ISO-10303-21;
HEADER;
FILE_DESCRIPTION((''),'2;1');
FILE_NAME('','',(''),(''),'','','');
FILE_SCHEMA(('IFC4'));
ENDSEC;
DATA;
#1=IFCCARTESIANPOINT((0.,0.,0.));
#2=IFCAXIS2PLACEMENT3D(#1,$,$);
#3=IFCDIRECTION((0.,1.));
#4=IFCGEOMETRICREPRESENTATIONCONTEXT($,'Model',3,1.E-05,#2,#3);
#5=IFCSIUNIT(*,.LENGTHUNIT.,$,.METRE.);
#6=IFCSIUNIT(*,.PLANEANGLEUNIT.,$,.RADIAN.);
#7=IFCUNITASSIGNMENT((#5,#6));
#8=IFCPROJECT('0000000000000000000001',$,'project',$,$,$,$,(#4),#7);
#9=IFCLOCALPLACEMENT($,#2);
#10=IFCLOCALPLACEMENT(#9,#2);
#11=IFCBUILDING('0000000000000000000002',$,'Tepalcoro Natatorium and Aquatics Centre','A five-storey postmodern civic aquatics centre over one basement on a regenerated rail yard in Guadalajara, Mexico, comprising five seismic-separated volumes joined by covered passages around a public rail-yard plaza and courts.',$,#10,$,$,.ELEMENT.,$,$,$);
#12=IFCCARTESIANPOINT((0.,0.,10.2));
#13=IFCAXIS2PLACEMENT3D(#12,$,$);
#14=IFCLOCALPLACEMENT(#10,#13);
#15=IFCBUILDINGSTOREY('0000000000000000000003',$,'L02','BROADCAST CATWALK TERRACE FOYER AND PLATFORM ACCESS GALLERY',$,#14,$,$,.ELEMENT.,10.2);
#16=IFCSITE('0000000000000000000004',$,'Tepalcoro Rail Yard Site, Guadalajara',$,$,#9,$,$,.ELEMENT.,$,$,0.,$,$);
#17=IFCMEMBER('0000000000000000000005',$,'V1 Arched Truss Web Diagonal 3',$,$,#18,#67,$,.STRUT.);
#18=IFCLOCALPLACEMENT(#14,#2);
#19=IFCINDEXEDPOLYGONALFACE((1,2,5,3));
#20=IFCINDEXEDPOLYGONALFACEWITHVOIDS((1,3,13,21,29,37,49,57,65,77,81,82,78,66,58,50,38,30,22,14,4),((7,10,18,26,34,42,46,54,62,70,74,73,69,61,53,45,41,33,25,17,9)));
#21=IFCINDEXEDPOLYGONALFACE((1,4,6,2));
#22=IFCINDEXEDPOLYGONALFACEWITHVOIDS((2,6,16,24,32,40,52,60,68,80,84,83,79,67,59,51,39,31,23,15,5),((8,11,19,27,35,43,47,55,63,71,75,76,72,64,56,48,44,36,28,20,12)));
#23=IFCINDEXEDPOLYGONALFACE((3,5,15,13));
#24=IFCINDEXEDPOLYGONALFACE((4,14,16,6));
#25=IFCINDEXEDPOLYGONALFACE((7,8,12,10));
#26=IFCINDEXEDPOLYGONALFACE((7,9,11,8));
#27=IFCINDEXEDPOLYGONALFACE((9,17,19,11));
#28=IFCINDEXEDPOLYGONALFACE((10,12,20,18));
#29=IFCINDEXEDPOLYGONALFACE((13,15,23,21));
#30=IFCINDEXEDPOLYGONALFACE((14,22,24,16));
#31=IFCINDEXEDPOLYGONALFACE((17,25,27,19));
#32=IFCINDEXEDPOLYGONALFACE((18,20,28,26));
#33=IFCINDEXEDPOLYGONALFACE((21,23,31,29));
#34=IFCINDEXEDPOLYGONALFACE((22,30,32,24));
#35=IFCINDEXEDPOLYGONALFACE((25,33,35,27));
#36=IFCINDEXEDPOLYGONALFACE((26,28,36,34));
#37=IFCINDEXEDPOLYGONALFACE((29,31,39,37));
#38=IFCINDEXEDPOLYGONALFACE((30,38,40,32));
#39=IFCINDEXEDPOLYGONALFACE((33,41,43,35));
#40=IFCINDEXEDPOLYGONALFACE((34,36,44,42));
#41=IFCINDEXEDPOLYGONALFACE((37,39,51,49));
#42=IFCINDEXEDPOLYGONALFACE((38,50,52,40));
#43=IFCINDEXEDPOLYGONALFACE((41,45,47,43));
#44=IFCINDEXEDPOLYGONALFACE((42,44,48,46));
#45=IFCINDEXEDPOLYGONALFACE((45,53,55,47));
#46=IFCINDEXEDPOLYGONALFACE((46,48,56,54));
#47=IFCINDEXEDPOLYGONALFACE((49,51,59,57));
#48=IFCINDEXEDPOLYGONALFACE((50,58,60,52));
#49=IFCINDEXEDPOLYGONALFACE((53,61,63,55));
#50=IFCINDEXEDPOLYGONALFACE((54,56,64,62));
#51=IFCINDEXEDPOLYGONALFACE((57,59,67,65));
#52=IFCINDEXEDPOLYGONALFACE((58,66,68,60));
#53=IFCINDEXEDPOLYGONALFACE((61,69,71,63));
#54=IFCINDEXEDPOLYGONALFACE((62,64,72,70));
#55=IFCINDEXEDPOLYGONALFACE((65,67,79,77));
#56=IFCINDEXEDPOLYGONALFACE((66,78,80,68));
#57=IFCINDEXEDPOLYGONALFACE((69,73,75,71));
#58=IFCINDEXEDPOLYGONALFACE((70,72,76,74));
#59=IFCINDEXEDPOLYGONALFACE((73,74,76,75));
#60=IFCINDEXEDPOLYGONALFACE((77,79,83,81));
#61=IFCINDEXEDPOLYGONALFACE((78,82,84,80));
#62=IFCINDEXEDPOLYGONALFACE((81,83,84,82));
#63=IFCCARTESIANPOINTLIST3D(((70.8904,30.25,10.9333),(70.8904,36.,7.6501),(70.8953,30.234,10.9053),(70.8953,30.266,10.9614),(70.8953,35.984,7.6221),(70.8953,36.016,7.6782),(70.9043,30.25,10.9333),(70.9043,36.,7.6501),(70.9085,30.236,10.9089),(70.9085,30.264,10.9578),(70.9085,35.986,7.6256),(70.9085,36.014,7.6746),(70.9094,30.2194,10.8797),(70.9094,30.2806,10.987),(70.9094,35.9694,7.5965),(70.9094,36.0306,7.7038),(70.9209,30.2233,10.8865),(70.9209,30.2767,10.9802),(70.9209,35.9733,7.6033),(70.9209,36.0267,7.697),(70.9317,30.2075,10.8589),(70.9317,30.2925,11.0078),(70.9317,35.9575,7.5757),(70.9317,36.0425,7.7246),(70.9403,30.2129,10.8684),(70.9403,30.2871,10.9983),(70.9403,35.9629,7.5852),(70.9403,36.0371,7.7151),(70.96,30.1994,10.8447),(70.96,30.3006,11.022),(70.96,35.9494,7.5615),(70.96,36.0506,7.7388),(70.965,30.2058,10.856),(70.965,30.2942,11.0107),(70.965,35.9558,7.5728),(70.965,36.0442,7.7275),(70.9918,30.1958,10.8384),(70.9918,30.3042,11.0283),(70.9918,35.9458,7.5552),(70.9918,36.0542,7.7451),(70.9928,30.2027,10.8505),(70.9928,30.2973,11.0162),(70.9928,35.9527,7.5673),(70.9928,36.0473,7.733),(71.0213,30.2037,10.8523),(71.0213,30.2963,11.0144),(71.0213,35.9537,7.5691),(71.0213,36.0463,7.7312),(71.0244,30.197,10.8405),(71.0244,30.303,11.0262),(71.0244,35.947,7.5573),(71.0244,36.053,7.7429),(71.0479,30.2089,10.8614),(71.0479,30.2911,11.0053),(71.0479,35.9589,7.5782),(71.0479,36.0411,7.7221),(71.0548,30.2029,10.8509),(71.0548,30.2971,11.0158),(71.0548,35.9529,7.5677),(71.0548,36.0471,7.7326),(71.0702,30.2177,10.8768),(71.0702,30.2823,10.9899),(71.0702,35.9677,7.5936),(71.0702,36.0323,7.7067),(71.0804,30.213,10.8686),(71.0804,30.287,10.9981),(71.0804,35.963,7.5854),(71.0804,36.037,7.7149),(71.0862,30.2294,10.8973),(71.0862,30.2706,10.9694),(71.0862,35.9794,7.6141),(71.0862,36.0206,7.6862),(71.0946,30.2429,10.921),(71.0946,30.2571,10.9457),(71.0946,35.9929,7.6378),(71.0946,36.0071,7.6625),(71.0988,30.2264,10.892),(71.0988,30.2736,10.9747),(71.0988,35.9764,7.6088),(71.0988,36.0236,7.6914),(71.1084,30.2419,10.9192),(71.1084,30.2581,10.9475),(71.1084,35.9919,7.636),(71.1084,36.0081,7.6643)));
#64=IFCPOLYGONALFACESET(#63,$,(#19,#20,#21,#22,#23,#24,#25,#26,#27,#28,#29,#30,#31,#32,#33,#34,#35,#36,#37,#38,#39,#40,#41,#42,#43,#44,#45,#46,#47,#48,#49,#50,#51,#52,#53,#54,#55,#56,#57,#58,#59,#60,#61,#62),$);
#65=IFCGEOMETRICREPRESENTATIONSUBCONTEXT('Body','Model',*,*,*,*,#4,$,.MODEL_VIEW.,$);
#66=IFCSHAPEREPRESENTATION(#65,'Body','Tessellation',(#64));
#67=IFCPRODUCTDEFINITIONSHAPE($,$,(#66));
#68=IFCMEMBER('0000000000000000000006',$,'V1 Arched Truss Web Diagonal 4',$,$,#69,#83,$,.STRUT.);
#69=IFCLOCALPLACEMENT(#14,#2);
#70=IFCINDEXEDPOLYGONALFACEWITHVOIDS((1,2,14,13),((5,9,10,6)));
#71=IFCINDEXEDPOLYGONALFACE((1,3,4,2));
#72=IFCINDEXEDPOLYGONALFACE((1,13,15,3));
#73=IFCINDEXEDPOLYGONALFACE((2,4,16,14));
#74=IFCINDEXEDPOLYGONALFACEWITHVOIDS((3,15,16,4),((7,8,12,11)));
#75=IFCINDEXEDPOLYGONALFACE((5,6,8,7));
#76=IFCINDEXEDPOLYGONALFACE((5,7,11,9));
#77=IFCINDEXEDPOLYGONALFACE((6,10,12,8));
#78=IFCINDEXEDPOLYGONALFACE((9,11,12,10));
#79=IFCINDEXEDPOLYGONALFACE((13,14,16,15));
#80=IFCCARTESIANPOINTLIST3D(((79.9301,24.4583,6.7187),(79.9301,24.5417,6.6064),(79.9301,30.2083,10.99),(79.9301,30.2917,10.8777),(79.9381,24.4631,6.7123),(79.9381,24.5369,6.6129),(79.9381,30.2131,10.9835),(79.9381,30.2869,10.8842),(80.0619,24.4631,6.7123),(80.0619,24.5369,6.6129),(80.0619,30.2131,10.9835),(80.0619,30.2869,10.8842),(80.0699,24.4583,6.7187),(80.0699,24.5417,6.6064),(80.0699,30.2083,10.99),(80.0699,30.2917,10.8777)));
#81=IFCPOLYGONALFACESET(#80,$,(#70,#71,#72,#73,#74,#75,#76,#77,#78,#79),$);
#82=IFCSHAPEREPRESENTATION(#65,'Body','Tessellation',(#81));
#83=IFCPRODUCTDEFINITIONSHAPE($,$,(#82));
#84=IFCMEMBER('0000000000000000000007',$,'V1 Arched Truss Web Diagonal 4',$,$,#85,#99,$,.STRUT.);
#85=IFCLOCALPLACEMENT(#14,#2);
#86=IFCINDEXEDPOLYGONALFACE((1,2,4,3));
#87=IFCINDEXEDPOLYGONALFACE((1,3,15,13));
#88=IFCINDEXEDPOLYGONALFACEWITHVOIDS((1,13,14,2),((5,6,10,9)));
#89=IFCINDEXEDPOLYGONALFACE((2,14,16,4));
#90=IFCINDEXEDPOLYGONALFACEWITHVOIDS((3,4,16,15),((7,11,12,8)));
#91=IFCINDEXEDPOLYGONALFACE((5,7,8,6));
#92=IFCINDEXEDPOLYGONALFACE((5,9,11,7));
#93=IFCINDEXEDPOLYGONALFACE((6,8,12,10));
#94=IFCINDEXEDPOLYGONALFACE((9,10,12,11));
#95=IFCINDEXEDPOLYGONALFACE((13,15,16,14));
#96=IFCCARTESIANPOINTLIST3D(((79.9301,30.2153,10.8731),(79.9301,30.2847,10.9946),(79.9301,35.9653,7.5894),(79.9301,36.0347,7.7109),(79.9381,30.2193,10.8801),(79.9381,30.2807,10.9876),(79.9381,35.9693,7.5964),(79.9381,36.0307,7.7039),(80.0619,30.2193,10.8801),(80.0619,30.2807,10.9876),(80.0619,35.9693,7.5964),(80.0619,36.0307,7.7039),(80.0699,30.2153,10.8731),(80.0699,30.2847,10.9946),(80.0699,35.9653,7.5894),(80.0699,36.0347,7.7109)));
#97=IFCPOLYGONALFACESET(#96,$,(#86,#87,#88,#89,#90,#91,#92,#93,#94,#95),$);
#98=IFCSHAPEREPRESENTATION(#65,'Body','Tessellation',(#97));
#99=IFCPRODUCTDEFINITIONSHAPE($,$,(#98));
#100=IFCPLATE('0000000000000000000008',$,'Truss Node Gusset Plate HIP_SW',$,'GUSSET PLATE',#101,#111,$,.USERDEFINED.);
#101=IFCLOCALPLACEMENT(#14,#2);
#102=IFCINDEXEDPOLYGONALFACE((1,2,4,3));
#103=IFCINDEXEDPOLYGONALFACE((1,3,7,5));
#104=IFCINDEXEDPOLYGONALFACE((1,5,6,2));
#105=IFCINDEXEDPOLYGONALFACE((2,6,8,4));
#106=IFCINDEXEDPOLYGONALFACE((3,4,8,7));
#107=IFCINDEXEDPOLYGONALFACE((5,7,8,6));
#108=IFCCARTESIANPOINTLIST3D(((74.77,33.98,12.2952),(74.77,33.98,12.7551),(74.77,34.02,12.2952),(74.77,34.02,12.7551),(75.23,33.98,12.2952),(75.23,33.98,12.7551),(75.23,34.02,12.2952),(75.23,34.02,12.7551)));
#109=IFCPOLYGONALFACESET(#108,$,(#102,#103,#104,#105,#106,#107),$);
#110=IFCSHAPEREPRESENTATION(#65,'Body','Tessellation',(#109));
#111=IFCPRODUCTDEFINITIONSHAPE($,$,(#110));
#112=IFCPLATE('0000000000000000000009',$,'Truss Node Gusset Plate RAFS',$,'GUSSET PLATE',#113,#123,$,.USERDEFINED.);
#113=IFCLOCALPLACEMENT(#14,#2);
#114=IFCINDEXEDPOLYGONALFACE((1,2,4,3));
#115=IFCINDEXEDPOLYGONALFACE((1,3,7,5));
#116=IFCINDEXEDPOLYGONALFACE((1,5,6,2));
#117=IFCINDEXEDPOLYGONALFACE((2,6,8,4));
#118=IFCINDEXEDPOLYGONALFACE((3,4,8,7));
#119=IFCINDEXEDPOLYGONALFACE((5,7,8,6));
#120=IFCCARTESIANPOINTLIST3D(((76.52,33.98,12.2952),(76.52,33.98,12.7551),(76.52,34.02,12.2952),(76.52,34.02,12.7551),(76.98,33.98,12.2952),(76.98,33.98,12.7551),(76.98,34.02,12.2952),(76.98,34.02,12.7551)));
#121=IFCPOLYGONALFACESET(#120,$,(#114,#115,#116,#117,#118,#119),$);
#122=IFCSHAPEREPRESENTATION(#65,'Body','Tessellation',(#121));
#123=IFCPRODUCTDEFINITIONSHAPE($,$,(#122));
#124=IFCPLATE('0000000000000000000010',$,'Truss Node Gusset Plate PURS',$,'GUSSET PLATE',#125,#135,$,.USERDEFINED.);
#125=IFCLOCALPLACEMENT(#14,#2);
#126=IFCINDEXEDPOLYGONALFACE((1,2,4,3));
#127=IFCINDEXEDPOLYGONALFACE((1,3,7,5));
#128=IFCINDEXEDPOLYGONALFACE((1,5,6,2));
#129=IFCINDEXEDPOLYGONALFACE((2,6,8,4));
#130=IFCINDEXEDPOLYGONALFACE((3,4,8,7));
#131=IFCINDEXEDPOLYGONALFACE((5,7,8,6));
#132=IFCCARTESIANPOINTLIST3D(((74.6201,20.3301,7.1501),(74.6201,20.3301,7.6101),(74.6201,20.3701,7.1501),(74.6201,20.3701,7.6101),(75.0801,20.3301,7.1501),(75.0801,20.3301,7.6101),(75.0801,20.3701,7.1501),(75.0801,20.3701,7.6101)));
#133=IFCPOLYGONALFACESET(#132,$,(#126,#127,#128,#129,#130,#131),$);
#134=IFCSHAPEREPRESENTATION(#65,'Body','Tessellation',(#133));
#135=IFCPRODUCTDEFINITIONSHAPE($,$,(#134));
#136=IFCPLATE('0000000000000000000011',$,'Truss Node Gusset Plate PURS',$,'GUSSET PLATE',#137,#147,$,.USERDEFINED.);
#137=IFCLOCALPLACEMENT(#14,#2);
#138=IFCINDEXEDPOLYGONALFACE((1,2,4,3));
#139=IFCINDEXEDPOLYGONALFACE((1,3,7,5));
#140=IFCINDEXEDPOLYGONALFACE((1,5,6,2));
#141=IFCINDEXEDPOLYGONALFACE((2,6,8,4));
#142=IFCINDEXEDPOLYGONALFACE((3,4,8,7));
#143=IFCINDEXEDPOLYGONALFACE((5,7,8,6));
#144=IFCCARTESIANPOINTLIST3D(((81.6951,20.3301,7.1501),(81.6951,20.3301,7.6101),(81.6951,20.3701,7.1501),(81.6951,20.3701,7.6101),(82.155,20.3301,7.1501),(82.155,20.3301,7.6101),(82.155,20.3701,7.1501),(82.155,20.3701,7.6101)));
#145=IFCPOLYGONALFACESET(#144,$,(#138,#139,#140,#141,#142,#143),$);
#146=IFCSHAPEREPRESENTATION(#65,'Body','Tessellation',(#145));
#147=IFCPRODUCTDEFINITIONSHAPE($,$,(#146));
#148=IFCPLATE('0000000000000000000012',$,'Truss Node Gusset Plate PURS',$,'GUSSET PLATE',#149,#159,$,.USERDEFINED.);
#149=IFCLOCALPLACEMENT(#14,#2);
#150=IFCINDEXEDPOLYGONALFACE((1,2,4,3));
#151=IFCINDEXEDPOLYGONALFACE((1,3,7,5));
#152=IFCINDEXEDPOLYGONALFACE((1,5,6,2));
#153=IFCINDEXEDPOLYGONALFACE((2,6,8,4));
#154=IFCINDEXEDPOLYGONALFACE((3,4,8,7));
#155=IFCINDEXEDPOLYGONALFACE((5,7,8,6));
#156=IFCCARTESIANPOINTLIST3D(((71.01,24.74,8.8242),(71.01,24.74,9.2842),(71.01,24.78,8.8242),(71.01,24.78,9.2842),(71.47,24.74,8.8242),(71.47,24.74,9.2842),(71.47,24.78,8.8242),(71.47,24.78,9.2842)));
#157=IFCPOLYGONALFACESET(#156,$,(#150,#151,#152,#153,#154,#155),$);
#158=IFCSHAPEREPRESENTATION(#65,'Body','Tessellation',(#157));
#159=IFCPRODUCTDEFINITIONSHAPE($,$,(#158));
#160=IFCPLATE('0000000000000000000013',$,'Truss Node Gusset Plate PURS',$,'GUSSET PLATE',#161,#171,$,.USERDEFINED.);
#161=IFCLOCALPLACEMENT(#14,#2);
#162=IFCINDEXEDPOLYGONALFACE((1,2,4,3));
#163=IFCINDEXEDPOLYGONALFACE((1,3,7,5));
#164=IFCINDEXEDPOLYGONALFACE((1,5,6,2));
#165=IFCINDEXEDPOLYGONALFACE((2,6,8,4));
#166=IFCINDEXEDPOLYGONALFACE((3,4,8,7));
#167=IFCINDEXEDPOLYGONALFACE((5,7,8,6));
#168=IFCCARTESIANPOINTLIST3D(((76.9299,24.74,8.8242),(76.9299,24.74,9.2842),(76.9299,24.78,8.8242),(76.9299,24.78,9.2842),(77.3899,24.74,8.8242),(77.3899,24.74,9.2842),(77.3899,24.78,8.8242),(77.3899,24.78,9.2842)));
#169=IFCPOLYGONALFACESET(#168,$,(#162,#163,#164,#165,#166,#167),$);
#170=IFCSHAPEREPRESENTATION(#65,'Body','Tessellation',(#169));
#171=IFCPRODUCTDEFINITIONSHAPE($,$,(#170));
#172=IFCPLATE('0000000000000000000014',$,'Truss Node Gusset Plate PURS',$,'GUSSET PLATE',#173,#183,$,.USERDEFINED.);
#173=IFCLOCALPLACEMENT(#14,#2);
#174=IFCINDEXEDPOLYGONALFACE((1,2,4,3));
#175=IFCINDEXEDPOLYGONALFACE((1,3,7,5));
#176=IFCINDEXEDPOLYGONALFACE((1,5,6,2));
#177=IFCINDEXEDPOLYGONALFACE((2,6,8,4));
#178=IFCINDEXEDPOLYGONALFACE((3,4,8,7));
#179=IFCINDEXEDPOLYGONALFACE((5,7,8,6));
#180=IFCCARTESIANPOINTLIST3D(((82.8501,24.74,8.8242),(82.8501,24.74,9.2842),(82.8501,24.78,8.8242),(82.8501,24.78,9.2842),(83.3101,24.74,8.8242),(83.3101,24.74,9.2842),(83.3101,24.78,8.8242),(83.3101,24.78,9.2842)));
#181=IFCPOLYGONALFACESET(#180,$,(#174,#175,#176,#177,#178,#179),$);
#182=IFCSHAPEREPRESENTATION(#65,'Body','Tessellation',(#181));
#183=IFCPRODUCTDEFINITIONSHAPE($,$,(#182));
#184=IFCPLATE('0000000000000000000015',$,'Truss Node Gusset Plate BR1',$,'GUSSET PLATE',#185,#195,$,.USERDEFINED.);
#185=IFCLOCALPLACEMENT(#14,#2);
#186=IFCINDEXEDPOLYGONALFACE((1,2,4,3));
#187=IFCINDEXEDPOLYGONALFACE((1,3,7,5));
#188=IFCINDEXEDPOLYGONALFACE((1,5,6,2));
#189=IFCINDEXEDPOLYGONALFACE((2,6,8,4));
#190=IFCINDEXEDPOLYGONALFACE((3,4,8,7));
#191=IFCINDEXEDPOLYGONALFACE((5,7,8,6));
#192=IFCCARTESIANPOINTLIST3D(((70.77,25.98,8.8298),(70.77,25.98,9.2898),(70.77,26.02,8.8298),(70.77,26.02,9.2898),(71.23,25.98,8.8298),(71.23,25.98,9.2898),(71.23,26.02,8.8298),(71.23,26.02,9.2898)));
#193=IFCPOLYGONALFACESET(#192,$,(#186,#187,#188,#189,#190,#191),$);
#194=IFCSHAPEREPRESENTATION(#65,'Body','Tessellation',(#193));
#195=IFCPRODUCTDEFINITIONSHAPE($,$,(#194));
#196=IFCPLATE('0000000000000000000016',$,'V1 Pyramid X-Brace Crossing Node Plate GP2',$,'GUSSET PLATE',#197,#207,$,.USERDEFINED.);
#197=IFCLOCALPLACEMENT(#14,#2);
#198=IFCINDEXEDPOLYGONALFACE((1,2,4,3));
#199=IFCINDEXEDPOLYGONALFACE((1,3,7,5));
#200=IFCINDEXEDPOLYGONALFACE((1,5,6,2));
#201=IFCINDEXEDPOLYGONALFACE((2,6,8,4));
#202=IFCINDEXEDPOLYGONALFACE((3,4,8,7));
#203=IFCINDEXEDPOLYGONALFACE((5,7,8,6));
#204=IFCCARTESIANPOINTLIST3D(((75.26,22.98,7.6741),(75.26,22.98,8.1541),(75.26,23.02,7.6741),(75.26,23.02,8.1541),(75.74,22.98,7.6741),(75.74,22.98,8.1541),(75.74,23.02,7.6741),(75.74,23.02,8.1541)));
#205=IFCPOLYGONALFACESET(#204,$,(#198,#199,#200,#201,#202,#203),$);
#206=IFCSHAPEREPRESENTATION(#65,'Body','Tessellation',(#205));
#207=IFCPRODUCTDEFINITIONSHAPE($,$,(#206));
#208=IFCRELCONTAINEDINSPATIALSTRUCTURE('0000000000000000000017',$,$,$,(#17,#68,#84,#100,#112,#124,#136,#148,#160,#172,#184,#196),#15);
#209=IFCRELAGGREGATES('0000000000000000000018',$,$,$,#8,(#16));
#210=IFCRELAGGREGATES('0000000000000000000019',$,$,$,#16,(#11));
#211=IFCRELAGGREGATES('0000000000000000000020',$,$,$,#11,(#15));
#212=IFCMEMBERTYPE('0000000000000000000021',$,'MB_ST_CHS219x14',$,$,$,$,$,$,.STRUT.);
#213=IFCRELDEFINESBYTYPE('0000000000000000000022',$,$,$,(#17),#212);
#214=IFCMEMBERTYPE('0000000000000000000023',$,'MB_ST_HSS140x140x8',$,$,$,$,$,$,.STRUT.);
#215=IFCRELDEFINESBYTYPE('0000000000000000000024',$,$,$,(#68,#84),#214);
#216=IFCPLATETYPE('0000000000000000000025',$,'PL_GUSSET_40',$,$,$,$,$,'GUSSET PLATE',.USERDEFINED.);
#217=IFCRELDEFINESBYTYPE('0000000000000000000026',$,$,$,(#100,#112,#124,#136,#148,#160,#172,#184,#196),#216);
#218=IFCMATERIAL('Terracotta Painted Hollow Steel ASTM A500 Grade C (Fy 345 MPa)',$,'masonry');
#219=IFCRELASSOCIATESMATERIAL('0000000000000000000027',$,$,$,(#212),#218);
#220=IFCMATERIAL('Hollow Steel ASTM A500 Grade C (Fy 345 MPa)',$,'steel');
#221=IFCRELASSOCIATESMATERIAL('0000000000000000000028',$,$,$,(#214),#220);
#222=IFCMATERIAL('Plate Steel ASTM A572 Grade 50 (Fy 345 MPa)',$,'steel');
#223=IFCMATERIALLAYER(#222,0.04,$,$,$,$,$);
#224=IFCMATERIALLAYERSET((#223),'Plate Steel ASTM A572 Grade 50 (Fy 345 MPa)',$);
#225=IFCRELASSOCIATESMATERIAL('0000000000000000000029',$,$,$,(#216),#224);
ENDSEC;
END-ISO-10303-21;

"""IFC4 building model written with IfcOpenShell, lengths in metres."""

from ifc_helpers import new_model, si_unit, direction, frame, origin, origin_2d, place, context, subcontext, project, spatial, rectangle, hollow_rectangle, hollow_circle, extrude, material, layer, layer_set, material_profile, profile_set, type_object, element, save


model = new_model("IFC4")

# Units and contexts
model_context = context("Model", 3, precision=1e-05, world=origin(), true_north=direction((0.0, 1.0)))
body_context = subcontext(model_context, "Body", "Model", "MODEL_VIEW")
ifc_project = project(units=[si_unit("LENGTHUNIT", "METRE"), si_unit("PLANEANGLEUNIT", "RADIAN")], contexts=[model_context])

# Site, building, storey
site_placement = place(None, origin())
site = spatial("IfcSite", under=ifc_project, at=site_placement, Name="Tepalcoro Rail Yard Site, Guadalajara", CompositionType="ELEMENT", RefElevation=0.0)
building_placement = place(site_placement, origin())
building = spatial("IfcBuilding", under=site, at=building_placement, Name="Tepalcoro Natatorium and Aquatics Centre", Description="A five-storey postmodern civic aquatics centre over one basement on a regenerated rail yard in Guadalajara, Mexico, comprising five seismic-separated volumes joined by covered passages around a public rail-yard plaza and courts.", CompositionType="ELEMENT")
storey_placement = place(building_placement, frame((0.0, 0.0, 10.2)))
storey = spatial("IfcBuildingStorey", under=building, at=storey_placement, Name="L02", Description="BROADCAST CATWALK TERRACE FOYER AND PLATFORM ACCESS GALLERY", CompositionType="ELEMENT", Elevation=10.2)

# Shared definitions
ifc_material_1 = material(Name="Terracotta Painted Hollow Steel ASTM A500 Grade C (Fy 345 MPa)", Category="masonry")

# Members
ifc_material_2 = material(Name="Hollow Steel ASTM A500 Grade C (Fy 345 MPa)", Category="steel")
ifc_material_profile_1 = material_profile(ifc_material_1, hollow_circle(Radius=0.1096, WallThickness=0.0139, at=origin_2d()), Name="CHS219X14")
ifc_profile_set_1 = profile_set([ifc_material_profile_1], Name="Terracotta Painted Hollow Steel ASTM A500 Grade C (Fy 345 MPa)")
member_type_1 = type_object("IfcMemberType", Name="MB_ST_CHS219x14", PredefinedType="STRUT", material=ifc_profile_set_1)
member_1_placement = place(storey_placement, frame((71.0, 30.25, 10.9333), z_axis=(0.0, 0.868406, -0.495853), x_axis=(-1.0, 0.0, 0.0)))
element("IfcMember", 1, at=member_1_placement, inside=storey, type_object=member_type_1, Name="V1 Arched Truss Web Diagonal 3", PredefinedType="STRUT", context=body_context, shape_type="SweptSolid", body=[
    extrude(hollow_circle(Radius=0.1096, WallThickness=0.0139, at=origin_2d()), origin(), (0.0, 0.0, 1.0), 6.6213),
])
ifc_material_profile_2 = material_profile(ifc_material_2, hollow_rectangle(XDim=0.1399, YDim=0.1399, WallThickness=0.0081, at=origin_2d()), Name="HSS140X140X8")
ifc_profile_set_2 = profile_set([ifc_material_profile_2], Name="Hollow Steel ASTM A500 Grade C (Fy 345 MPa)")
member_type_2 = type_object("IfcMemberType", Name="MB_ST_HSS140x140x8", PredefinedType="STRUT", material=ifc_profile_set_2)
member_2_placement = place(storey_placement, frame((80.0, 24.5, 6.6626), z_axis=(0.0, 0.802756, 0.596307), x_axis=(-1.0, 0.0, 0.0)))
element("IfcMember", 2, at=member_2_placement, inside=storey, type_object=member_type_2, Name="V1 Arched Truss Web Diagonal 4", PredefinedType="STRUT", context=body_context, shape_type="SweptSolid", body=[
    extrude(hollow_rectangle(XDim=0.1399, YDim=0.1399, WallThickness=0.0081, at=origin_2d()), origin(), (0.0, 0.0, 1.0), 7.1628),
])
member_3_placement = place(storey_placement, frame((80.0, 30.25, 10.9338), z_axis=(0.0, 0.868375, -0.495909), x_axis=(-1.0, 0.0, 0.0)))
element("IfcMember", 3, at=member_3_placement, inside=storey, type_object=member_type_2, Name="V1 Arched Truss Web Diagonal 4", PredefinedType="STRUT", context=body_context, shape_type="SweptSolid", body=[
    extrude(hollow_rectangle(XDim=0.1399, YDim=0.1399, WallThickness=0.0081, at=origin_2d()), origin(), (0.0, 0.0, 1.0), 6.6216),
])

# Plates
ifc_material_3 = material(Name="Plate Steel ASTM A572 Grade 50 (Fy 345 MPa)", Category="steel")
ifc_layer = layer(ifc_material_3, 0.04)
ifc_layer_set = layer_set([ifc_layer], Name="Plate Steel ASTM A572 Grade 50 (Fy 345 MPa)")
plate_type = type_object("IfcPlateType", Name="PL_GUSSET_40", ElementType="GUSSET PLATE", PredefinedType="USERDEFINED", material=ifc_layer_set)
for number, where, z_axis, x_axis, name in (
    (4, (75.0, 34.0, 12.2952), (0.0, 0.0, 1.0), (1.0, 0.0, 0.0), "Truss Node Gusset Plate HIP_SW"),
    (5, (76.75, 34.0, 12.2952), (0.0, 0.0, 1.0), (1.0, 0.0, 0.0), "Truss Node Gusset Plate RAFS"),
    (6, (74.8501, 20.3501, 7.1501), (0.0, 0.0, 1.0), (1.0, 0.0, 0.0), "Truss Node Gusset Plate PURS"),
    (7, (81.925, 20.3501, 7.1501), (0.0, 0.0, 1.0), (1.0, 0.0, 0.0), "Truss Node Gusset Plate PURS"),
    (8, (71.24, 24.76, 8.8242), (0.0, 0.0, 1.0), (1.0, 0.0, 0.0), "Truss Node Gusset Plate PURS"),
    (9, (77.1599, 24.76, 8.8242), (0.0, 0.0, 1.0), (1.0, 0.0, 0.0), "Truss Node Gusset Plate PURS"),
    (10, (83.0801, 24.76, 8.8242), (0.0, 0.0, 1.0), (1.0, 0.0, 0.0), "Truss Node Gusset Plate PURS"),
    (11, (71.0, 26.0, 8.8298), (0.0, 0.0, 1.0), (1.0, 0.0, 0.0), "Truss Node Gusset Plate BR1"),
):
    element("IfcPlate", number, at=place(storey_placement, frame(where, z_axis=z_axis, x_axis=x_axis)), inside=storey, type_object=plate_type, Name=name, ObjectType="GUSSET PLATE", PredefinedType="USERDEFINED", context=body_context, shape_type="SweptSolid", body=[
        extrude(rectangle(XDim=0.46, YDim=0.04, at=origin_2d()), origin(), (0.0, 0.0, 1.0), 0.46),
    ])
plate_1_placement = place(storey_placement, frame((75.5, 23.0, 7.6741), z_axis=(0.0, 0.0, 1.0), x_axis=(1.0, 0.0, 0.0)))
element("IfcPlate", 12, at=plate_1_placement, inside=storey, type_object=plate_type, Name="V1 Pyramid X-Brace Crossing Node Plate GP2", ObjectType="GUSSET PLATE", PredefinedType="USERDEFINED", context=body_context, shape_type="SweptSolid", body=[
    extrude(rectangle(XDim=0.48, YDim=0.04, at=origin_2d()), origin(), (0.0, 0.0, 1.0), 0.48),
])

save(model, "model.ifc")
